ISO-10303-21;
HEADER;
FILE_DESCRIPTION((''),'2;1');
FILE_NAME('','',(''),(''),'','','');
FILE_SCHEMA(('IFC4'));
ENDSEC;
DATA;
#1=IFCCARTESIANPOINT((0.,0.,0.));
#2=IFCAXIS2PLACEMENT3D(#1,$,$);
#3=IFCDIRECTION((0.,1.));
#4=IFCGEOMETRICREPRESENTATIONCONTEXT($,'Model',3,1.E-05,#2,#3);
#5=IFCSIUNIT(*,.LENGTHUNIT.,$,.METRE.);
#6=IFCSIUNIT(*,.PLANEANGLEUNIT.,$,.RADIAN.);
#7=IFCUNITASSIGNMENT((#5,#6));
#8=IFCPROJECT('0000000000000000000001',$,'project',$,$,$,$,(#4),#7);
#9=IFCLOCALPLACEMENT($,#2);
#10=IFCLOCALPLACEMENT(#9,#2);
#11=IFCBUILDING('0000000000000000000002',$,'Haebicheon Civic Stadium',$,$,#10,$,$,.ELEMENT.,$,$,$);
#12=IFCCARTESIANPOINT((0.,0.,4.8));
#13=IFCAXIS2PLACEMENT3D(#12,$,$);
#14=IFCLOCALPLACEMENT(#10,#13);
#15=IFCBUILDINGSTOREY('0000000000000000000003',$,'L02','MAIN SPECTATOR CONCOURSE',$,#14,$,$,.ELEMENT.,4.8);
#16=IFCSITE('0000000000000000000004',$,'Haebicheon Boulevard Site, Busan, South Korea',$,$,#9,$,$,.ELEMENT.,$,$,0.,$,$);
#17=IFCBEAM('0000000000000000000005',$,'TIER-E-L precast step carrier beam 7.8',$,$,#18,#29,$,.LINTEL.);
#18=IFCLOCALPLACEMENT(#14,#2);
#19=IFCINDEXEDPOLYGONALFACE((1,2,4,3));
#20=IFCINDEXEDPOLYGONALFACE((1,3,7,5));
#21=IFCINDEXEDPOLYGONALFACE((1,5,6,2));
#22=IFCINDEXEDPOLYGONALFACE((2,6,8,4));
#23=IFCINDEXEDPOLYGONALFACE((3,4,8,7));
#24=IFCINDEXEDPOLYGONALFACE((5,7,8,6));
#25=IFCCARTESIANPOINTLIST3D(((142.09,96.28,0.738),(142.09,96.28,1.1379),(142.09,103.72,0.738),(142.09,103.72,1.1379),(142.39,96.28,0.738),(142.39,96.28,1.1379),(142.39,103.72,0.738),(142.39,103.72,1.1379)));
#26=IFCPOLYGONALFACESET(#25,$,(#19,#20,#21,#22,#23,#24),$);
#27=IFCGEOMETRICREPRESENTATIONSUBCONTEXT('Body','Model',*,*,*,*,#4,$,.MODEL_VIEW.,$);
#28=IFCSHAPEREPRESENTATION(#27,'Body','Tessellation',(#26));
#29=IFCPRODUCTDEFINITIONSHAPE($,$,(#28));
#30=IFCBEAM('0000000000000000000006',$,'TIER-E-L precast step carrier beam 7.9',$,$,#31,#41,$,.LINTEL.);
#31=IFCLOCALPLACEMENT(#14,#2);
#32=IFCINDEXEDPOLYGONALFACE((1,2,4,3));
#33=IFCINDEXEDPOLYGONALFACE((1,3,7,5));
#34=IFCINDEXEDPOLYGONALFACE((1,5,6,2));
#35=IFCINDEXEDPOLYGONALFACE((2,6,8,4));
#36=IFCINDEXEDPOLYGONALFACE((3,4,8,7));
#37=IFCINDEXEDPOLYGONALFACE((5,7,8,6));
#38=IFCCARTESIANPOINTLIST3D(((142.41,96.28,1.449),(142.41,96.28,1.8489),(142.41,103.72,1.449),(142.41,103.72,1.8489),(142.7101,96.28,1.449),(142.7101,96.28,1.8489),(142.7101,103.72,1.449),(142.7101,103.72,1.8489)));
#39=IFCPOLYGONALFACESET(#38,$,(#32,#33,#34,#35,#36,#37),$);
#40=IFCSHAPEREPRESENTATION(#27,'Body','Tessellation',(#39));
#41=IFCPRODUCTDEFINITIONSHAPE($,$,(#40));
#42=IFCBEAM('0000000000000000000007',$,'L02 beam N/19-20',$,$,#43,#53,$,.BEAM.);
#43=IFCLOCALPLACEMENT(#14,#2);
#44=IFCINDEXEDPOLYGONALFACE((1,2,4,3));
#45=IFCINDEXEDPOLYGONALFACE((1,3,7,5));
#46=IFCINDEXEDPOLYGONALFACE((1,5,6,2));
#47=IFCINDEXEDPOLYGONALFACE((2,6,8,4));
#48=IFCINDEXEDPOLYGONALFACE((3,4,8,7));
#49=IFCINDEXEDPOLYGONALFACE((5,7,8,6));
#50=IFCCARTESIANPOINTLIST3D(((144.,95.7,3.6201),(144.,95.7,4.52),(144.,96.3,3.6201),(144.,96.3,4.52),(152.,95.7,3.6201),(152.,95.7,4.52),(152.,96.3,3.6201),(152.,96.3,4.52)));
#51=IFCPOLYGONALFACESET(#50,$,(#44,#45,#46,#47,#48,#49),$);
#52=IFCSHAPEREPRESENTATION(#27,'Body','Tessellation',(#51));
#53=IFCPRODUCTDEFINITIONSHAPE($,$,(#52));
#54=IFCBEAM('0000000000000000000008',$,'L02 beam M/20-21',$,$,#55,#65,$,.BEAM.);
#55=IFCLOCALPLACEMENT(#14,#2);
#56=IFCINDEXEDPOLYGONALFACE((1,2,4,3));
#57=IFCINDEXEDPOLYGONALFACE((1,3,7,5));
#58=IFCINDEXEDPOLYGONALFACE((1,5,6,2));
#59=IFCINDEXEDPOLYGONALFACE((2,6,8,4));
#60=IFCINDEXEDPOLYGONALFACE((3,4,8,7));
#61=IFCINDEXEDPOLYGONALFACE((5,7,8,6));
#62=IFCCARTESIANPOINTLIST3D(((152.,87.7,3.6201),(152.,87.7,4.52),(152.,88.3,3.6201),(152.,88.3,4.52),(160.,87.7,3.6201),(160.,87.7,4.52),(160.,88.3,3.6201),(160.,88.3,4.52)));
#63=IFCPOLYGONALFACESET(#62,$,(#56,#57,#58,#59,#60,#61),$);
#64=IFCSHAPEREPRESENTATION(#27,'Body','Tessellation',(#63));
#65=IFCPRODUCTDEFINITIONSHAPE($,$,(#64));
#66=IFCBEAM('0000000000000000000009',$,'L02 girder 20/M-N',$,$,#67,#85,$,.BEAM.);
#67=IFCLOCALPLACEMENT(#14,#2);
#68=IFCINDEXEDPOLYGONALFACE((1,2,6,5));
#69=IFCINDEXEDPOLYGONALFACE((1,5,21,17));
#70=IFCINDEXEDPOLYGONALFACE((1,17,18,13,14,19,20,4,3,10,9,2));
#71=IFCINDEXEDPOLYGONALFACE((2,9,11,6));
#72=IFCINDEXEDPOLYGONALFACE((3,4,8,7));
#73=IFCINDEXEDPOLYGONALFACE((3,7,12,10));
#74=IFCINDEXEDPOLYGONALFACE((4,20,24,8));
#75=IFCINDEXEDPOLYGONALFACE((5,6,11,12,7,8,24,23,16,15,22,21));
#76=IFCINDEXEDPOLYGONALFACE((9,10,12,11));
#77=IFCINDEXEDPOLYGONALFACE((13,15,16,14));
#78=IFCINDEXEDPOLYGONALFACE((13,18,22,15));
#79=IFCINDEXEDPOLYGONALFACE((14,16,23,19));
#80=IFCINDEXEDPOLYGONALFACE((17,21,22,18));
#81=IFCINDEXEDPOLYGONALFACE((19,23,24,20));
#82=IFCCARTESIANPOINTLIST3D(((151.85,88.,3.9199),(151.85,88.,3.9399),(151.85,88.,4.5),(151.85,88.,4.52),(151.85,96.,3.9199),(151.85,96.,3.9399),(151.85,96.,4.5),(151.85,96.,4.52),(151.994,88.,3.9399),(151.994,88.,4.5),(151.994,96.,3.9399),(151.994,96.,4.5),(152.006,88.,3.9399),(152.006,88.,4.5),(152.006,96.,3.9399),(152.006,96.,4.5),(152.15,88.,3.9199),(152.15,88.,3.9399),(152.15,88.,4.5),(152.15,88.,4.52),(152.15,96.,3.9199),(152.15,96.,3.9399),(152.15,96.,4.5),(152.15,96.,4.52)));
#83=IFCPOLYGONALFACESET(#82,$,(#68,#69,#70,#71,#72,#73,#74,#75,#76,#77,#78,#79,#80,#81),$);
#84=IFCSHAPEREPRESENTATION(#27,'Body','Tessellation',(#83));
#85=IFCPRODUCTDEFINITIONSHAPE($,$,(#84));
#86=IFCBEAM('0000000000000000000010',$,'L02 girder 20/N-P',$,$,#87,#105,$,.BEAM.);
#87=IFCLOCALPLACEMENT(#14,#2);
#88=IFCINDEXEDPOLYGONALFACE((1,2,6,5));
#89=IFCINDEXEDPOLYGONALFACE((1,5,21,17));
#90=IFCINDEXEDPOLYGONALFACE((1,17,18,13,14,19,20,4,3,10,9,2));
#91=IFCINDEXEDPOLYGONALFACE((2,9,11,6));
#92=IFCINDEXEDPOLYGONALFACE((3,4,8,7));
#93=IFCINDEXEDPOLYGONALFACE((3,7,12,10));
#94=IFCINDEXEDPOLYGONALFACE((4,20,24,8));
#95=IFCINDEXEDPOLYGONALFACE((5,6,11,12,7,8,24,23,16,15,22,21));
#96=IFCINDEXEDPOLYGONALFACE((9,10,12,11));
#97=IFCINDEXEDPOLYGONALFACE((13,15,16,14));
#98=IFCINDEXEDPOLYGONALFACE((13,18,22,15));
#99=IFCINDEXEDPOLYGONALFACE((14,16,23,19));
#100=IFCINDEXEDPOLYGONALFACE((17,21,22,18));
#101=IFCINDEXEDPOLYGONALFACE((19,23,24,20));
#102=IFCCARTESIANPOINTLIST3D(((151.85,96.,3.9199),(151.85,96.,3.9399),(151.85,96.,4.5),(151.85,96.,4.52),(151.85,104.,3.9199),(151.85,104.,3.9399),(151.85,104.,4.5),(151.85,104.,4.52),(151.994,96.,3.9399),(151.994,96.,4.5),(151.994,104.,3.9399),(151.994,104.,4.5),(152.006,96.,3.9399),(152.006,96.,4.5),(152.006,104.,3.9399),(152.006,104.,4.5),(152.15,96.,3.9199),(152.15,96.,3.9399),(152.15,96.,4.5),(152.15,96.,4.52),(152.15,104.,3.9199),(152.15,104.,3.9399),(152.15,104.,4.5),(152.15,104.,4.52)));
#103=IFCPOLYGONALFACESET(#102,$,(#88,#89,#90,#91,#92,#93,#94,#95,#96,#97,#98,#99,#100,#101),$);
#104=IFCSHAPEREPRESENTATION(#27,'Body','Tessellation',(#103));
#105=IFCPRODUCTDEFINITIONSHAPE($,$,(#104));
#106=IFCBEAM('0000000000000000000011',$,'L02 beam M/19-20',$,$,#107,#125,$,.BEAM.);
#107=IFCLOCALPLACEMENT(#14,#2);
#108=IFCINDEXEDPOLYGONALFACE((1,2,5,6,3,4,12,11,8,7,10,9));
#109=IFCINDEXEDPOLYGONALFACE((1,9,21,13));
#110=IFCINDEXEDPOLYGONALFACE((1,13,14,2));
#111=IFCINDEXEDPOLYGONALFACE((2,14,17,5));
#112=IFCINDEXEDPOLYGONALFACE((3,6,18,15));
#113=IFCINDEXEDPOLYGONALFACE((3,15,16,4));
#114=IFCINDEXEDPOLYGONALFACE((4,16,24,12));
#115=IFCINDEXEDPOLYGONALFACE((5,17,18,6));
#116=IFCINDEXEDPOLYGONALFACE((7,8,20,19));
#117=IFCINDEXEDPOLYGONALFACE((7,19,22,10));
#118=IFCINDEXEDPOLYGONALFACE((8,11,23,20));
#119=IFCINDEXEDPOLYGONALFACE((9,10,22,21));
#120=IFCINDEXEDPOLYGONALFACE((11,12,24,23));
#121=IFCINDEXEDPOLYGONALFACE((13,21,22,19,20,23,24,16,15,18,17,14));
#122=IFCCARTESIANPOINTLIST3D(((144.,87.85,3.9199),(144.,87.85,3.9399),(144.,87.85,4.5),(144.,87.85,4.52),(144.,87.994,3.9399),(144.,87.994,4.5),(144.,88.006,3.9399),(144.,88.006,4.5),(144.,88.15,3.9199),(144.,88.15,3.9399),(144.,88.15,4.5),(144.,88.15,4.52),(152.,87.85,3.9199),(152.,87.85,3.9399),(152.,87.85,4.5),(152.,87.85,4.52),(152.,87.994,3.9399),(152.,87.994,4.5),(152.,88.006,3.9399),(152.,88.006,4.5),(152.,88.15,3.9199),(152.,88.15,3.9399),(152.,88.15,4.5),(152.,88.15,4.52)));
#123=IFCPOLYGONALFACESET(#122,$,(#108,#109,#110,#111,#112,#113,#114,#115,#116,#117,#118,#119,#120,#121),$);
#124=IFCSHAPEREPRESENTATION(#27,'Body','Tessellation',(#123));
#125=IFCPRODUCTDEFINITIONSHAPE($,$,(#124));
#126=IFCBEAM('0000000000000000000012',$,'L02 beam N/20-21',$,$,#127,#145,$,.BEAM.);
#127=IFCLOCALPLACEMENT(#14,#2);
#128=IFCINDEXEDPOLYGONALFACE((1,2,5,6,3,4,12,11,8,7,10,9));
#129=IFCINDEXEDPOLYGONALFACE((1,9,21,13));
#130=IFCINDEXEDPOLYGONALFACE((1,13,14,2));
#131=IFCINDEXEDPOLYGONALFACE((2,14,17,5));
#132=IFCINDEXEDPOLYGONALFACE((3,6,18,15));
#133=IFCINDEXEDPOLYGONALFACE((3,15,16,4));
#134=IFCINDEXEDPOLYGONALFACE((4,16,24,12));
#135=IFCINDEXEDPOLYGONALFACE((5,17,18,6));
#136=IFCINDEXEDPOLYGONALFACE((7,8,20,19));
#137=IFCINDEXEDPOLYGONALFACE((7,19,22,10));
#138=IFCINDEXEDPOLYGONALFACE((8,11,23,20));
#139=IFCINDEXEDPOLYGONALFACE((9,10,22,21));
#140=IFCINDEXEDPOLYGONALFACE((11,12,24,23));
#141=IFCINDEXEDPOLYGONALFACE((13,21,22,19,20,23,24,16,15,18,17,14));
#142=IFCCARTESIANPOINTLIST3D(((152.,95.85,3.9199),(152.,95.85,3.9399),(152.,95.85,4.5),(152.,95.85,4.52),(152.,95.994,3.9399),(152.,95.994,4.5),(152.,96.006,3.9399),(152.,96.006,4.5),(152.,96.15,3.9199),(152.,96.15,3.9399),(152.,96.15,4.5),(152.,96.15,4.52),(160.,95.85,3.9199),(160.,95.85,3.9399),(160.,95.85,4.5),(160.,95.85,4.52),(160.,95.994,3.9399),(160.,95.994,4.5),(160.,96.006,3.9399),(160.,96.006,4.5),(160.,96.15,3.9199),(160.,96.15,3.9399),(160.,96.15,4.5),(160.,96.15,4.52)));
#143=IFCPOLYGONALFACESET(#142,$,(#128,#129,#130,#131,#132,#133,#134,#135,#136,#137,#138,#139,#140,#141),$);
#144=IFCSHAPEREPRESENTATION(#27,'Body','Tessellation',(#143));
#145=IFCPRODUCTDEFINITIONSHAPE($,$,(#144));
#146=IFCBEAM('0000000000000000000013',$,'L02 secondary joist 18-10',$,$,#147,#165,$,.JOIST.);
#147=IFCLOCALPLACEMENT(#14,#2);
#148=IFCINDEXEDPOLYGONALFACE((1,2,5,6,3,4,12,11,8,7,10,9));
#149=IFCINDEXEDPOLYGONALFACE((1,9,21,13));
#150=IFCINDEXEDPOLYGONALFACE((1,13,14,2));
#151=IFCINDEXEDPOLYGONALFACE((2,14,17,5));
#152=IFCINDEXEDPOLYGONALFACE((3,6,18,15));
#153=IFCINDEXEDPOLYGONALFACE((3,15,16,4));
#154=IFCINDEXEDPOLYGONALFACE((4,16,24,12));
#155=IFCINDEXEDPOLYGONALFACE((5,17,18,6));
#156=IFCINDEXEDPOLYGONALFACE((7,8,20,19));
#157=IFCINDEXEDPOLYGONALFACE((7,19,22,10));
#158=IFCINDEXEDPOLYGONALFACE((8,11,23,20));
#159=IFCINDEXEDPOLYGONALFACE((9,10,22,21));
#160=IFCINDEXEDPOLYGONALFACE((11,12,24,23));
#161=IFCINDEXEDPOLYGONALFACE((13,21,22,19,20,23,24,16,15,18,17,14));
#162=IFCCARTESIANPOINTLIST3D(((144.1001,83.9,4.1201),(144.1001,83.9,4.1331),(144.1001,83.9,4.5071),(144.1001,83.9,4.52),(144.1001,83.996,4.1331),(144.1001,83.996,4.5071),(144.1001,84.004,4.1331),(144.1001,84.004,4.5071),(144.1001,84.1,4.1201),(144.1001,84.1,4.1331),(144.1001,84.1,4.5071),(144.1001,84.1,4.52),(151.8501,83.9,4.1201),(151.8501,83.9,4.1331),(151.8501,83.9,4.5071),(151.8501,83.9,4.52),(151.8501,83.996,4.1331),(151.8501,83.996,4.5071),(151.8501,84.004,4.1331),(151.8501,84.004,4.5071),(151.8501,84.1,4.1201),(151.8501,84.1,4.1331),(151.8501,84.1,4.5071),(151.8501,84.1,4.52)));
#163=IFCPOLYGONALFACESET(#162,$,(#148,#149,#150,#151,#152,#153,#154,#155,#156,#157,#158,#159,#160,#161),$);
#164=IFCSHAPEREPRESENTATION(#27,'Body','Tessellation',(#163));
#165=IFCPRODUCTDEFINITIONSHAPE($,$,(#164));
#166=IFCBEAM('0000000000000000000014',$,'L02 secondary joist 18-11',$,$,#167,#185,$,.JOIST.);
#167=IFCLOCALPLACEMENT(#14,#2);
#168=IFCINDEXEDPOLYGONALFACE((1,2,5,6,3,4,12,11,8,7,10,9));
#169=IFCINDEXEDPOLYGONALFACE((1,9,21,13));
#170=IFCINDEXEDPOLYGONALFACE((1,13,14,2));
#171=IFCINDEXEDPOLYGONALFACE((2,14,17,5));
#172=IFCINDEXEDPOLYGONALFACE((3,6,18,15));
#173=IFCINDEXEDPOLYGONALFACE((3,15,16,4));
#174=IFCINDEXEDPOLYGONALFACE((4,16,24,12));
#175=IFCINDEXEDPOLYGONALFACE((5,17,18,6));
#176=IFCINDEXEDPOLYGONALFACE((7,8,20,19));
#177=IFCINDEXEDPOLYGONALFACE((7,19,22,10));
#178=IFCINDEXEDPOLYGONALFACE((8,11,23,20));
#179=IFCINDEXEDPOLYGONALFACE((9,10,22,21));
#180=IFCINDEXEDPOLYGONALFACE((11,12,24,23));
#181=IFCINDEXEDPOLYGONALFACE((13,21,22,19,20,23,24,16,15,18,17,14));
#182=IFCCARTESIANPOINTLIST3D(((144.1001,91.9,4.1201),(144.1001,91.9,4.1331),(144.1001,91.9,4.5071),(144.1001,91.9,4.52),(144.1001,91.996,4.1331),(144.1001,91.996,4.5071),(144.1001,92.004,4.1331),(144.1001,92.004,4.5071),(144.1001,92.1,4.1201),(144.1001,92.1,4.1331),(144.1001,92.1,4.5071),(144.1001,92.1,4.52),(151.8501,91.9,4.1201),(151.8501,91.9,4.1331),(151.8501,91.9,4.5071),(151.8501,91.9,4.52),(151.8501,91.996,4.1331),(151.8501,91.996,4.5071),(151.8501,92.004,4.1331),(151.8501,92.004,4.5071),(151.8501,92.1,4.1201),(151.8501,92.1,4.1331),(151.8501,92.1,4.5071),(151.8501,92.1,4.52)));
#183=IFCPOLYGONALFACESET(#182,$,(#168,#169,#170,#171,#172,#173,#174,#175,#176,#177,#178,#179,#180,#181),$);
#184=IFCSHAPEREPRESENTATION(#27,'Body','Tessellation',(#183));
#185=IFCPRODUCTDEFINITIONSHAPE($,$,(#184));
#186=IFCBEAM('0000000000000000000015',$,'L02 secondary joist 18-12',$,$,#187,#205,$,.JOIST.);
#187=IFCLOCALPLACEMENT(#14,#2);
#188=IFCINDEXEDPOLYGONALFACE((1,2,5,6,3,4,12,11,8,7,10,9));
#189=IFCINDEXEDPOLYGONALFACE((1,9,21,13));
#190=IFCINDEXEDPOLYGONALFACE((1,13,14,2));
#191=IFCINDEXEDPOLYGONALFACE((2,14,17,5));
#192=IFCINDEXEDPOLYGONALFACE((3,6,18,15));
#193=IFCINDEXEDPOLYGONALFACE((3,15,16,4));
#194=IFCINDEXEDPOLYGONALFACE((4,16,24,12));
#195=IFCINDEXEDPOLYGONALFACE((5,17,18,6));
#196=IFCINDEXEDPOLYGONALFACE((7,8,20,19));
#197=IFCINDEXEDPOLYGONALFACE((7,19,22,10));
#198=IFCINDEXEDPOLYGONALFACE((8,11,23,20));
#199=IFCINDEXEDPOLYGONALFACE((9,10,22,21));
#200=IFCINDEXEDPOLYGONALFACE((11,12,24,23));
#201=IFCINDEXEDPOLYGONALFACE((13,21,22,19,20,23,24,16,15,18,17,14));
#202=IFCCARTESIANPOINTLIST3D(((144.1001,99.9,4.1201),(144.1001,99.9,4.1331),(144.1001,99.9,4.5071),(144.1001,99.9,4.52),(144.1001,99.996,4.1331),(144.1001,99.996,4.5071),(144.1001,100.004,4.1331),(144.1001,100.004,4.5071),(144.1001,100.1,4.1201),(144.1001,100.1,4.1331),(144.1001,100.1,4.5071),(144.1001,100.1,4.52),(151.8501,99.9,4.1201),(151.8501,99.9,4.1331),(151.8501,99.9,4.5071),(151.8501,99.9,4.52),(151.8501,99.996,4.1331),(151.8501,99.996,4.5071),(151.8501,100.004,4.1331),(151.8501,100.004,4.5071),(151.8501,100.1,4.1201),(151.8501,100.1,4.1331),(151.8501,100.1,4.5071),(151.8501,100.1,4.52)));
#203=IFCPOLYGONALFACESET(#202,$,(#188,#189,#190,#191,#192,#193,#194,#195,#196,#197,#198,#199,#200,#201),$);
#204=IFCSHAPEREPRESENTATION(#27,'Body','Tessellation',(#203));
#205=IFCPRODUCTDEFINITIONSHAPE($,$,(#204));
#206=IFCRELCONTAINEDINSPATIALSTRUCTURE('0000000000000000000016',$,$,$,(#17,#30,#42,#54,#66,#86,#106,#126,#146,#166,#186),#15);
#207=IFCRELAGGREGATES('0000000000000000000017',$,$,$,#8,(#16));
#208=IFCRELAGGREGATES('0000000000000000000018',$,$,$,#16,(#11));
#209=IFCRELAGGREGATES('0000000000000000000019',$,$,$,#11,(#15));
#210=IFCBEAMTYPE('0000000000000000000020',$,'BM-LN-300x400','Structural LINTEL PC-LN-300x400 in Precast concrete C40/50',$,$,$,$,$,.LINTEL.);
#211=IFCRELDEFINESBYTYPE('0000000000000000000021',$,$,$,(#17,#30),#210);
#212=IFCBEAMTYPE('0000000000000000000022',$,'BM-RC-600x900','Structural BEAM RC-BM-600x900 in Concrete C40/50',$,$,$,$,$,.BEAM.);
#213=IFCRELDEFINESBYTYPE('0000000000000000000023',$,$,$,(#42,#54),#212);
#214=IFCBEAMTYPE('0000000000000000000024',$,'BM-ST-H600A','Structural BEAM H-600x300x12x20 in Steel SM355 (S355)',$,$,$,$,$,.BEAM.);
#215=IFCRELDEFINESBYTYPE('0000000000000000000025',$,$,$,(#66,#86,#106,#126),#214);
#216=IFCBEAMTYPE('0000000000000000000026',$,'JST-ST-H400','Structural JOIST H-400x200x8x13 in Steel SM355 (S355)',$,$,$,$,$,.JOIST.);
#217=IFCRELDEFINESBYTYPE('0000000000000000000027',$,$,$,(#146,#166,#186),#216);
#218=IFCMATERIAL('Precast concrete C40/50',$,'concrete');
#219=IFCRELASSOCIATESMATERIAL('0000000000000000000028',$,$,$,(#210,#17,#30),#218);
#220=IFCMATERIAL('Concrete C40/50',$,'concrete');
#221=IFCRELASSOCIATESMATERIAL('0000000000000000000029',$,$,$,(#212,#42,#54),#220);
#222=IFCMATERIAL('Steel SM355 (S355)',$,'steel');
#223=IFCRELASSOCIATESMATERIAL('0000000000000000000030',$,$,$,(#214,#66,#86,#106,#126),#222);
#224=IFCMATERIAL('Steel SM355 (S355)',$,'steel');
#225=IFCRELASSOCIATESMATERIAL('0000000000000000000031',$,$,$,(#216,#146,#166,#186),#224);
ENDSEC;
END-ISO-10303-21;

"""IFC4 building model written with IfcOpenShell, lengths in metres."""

from ifc_helpers import new_model, si_unit, direction, frame, origin, origin_2d, place, context, subcontext, project, spatial, rectangle, i_section, extrude, material, material_profile, profile_set, type_object, element, save


model = new_model("IFC4")

# Units and contexts
model_context = context("Model", 3, precision=1e-05, world=origin(), true_north=direction((0.0, 1.0)))
body_context = subcontext(model_context, "Body", "Model", "MODEL_VIEW")
ifc_project = project(units=[si_unit("LENGTHUNIT", "METRE"), si_unit("PLANEANGLEUNIT", "RADIAN")], contexts=[model_context])

# Site, building, storey
site_placement = place(None, origin())
site = spatial("IfcSite", under=ifc_project, at=site_placement, Name="Haebicheon Boulevard Site, Busan, South Korea", CompositionType="ELEMENT", RefElevation=0.0)
building_placement = place(site_placement, origin())
building = spatial("IfcBuilding", under=site, at=building_placement, Name="Haebicheon Civic Stadium", CompositionType="ELEMENT")
storey_placement = place(building_placement, frame((0.0, 0.0, 4.8)))
storey = spatial("IfcBuildingStorey", under=building, at=storey_placement, Name="L02", Description="MAIN SPECTATOR CONCOURSE", CompositionType="ELEMENT", Elevation=4.8)

# Beams
ifc_material_1 = material(Name="Precast concrete C40/50", Category="concrete")
ifc_material_profile_1 = material_profile(ifc_material_1, rectangle(XDim=0.3, YDim=0.3999, at=origin_2d()), Name="PC-LN-300x400")
ifc_profile_set_1 = profile_set([ifc_material_profile_1], Name="Precast concrete C40/50")
beam_type_1 = type_object("IfcBeamType", Name="BM-LN-300x400", Description="Structural LINTEL PC-LN-300x400 in Precast concrete C40/50", PredefinedType="LINTEL", material=ifc_profile_set_1)
for number, where, z_axis, x_axis, name in (
    (1, (142.24, 96.28, 0.938), (0.0, 1.0, 0.0), (-1.0, 0.0, 0.0), "TIER-E-L precast step carrier beam 7.8"),
    (2, (142.5601, 96.28, 1.6489), (0.0, 1.0, 0.0), (-1.0, 0.0, 0.0), "TIER-E-L precast step carrier beam 7.9"),
):
    element("IfcBeam", number, at=place(storey_placement, frame(where, z_axis=z_axis, x_axis=x_axis)), inside=storey, type_object=beam_type_1, material=ifc_profile_set_1, Name=name, PredefinedType="LINTEL", context=body_context, shape_type="SweptSolid", body=[
        extrude(rectangle(XDim=0.3, YDim=0.3999, at=origin_2d()), origin(), (0.0, 0.0, 1.0), 7.4399),
    ])
ifc_material_2 = material(Name="Concrete C40/50", Category="concrete")
ifc_material_profile_2 = material_profile(ifc_material_2, rectangle(XDim=0.6001, YDim=0.8999, at=origin_2d()), Name="RC-BM-600x900")
ifc_profile_set_2 = profile_set([ifc_material_profile_2], Name="Concrete C40/50")
beam_type_2 = type_object("IfcBeamType", Name="BM-RC-600x900", Description="Structural BEAM RC-BM-600x900 in Concrete C40/50", PredefinedType="BEAM", material=ifc_profile_set_2)
for number, where, z_axis, x_axis, name in (
    (3, (144.0, 96.0, 4.0701), (1.0, 0.0, 0.0), (0.0, 1.0, 0.0), "L02 beam N/19-20"),
    (4, (152.0, 88.0, 4.0701), (1.0, 0.0, 0.0), (0.0, 1.0, 0.0), "L02 beam M/20-21"),
):
    element("IfcBeam", number, at=place(storey_placement, frame(where, z_axis=z_axis, x_axis=x_axis)), inside=storey, type_object=beam_type_2, material=ifc_profile_set_2, Name=name, PredefinedType="BEAM", context=body_context, shape_type="SweptSolid", body=[
        extrude(rectangle(XDim=0.6001, YDim=0.8999, at=origin_2d()), origin(), (0.0, 0.0, 1.0), 8.0),
    ])
ifc_material_3 = material(Name="Steel SM355 (S355)", Category="steel")
ifc_material_profile_3 = material_profile(ifc_material_3, i_section(OverallWidth=0.3, OverallDepth=0.6001, WebThickness=0.012, FlangeThickness=0.02, at=origin_2d()), Name="H-600x300x12x20")
ifc_profile_set_3 = profile_set([ifc_material_profile_3], Name="Steel SM355 (S355)")
beam_type_3 = type_object("IfcBeamType", Name="BM-ST-H600A", Description="Structural BEAM H-600x300x12x20 in Steel SM355 (S355)", PredefinedType="BEAM", material=ifc_profile_set_3)
for number, where, z_axis, x_axis, name in (
    (5, (152.0, 88.0, 4.22), (0.0, 1.0, 0.0), (-1.0, 0.0, 0.0), "L02 girder 20/M-N"),
    (6, (152.0, 96.0, 4.22), (0.0, 1.0, 0.0), (-1.0, 0.0, 0.0), "L02 girder 20/N-P"),
    (7, (144.0, 88.0, 4.22), (1.0, 0.0, 0.0), (0.0, 1.0, 0.0), "L02 beam M/19-20"),
    (8, (152.0, 96.0, 4.22), (1.0, 0.0, 0.0), (0.0, 1.0, 0.0), "L02 beam N/20-21"),
):
    element("IfcBeam", number, at=place(storey_placement, frame(where, z_axis=z_axis, x_axis=x_axis)), inside=storey, type_object=beam_type_3, material=ifc_profile_set_3, Name=name, PredefinedType="BEAM", context=body_context, shape_type="SweptSolid", body=[
        extrude(i_section(OverallWidth=0.3, OverallDepth=0.6001, WebThickness=0.012, FlangeThickness=0.02, at=origin_2d()), origin(), (0.0, 0.0, 1.0), 8.0),
    ])
ifc_material_4 = material(Name="Steel SM355 (S355)", Category="steel")
ifc_material_profile_4 = material_profile(ifc_material_4, i_section(OverallWidth=0.2, OverallDepth=0.3999, WebThickness=0.0081, FlangeThickness=0.0129, at=origin_2d()), Name="H-400x200x8x13")
ifc_profile_set_4 = profile_set([ifc_material_profile_4], Name="Steel SM355 (S355)")
beam_type_4 = type_object("IfcBeamType", Name="JST-ST-H400", Description="Structural JOIST H-400x200x8x13 in Steel SM355 (S355)", PredefinedType="JOIST", material=ifc_profile_set_4)
for number, where, z_axis, x_axis, name in (
    (9, (144.1001, 84.0, 4.3201), (1.0, 0.0, 0.0), (0.0, 1.0, 0.0), "L02 secondary joist 18-10"),
    (10, (144.1001, 92.0, 4.3201), (1.0, 0.0, 0.0), (0.0, 1.0, 0.0), "L02 secondary joist 18-11"),
    (11, (144.1001, 100.0, 4.3201), (1.0, 0.0, 0.0), (0.0, 1.0, 0.0), "L02 secondary joist 18-12"),
):
    element("IfcBeam", number, at=place(storey_placement, frame(where, z_axis=z_axis, x_axis=x_axis)), inside=storey, type_object=beam_type_4, material=ifc_profile_set_4, Name=name, PredefinedType="JOIST", context=body_context, shape_type="SweptSolid", body=[
        extrude(i_section(OverallWidth=0.2, OverallDepth=0.3999, WebThickness=0.0081, FlangeThickness=0.0129, at=origin_2d()), origin(), (0.0, 0.0, 1.0), 7.75),
    ])

save(model, "model.ifc")
